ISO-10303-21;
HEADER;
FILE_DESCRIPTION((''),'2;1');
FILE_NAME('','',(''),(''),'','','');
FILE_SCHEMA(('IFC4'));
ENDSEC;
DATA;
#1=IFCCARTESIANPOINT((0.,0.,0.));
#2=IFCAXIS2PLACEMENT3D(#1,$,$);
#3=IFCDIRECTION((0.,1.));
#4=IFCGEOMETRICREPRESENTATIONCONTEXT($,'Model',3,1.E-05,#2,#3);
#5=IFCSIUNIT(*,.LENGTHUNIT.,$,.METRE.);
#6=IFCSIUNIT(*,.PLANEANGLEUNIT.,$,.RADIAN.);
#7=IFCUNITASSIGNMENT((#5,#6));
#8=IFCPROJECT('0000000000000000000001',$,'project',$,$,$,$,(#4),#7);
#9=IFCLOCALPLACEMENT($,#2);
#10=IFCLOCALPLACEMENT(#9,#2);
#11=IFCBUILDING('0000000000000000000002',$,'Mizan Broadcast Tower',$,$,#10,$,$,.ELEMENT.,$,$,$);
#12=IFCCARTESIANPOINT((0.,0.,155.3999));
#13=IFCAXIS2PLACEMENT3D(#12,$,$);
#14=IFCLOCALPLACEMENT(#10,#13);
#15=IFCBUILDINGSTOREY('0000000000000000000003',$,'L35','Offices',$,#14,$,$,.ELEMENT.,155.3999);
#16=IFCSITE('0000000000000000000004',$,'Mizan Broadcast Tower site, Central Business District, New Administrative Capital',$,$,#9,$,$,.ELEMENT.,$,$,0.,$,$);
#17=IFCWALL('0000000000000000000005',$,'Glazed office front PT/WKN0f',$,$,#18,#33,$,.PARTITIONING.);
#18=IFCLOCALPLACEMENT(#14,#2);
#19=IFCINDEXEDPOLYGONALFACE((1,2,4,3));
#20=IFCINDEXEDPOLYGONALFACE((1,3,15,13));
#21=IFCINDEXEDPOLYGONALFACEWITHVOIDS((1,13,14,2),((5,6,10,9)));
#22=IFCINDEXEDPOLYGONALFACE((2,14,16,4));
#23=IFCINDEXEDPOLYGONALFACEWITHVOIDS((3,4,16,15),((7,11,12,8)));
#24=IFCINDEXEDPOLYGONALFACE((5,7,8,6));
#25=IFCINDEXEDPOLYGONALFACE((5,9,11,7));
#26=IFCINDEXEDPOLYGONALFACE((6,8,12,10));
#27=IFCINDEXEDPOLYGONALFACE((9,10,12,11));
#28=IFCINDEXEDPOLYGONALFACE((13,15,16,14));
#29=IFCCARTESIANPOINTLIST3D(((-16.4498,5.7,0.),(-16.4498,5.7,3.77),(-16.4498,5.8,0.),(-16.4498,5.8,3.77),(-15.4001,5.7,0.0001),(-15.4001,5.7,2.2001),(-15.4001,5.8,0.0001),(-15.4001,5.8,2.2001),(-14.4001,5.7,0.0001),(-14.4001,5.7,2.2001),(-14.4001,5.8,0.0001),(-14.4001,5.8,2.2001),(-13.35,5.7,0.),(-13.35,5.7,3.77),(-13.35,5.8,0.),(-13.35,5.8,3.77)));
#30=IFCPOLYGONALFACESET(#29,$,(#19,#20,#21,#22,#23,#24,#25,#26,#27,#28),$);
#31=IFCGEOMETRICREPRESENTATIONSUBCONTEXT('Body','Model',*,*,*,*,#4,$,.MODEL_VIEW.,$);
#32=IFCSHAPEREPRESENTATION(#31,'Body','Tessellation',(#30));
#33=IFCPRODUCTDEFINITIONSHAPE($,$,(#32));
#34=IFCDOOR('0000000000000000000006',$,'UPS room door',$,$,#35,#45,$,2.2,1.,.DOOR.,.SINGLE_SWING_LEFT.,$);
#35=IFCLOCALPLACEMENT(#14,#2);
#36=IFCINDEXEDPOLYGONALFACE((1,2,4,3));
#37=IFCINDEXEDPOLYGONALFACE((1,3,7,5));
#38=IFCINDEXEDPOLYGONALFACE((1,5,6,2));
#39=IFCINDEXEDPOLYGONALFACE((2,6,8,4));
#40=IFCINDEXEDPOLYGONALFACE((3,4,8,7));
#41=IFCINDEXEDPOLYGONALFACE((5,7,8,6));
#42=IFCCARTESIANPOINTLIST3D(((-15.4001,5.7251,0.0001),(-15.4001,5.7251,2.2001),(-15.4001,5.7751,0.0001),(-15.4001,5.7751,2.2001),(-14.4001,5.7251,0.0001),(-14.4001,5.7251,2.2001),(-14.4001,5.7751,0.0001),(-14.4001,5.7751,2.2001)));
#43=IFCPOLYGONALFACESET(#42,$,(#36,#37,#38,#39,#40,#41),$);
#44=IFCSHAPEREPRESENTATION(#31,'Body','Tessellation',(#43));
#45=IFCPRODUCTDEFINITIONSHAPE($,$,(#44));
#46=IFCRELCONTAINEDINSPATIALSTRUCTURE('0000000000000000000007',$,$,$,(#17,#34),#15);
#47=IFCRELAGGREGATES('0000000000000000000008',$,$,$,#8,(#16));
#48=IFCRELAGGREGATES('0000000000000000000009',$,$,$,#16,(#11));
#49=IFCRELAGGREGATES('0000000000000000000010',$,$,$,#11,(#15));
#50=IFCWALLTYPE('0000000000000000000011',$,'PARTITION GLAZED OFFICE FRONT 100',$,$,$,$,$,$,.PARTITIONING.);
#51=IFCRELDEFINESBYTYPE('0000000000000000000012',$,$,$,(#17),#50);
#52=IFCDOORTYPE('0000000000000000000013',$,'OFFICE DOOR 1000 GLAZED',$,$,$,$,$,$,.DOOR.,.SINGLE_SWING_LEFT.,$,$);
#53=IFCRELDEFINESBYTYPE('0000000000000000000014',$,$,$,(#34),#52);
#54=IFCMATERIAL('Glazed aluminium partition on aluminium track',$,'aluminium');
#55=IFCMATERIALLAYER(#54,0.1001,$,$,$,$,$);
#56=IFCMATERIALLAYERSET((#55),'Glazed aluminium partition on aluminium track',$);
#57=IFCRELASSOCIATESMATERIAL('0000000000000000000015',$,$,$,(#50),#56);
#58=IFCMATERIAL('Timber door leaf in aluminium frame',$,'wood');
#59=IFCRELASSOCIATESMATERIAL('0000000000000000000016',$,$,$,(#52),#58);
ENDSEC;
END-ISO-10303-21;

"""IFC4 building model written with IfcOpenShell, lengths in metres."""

from ifc_helpers import new_model, si_unit, direction, frame, frame_2d, origin, place, context, subcontext, project, spatial, rectangle, extrude, material, layer, layer_set, type_object, element, fill, save


model = new_model("IFC4")

# Units and contexts
model_context = context("Model", 3, precision=1e-05, world=origin(), true_north=direction((0.0, 1.0)))
body_context = subcontext(model_context, "Body", "Model", "MODEL_VIEW")
ifc_project = project(units=[si_unit("LENGTHUNIT", "METRE"), si_unit("PLANEANGLEUNIT", "RADIAN")], contexts=[model_context])

# Site, building, storey
site_placement = place(None, origin())
site = spatial("IfcSite", under=ifc_project, at=site_placement, Name="Mizan Broadcast Tower site, Central Business District, New Administrative Capital", CompositionType="ELEMENT", RefElevation=0.0)
building_placement = place(site_placement, origin())
building = spatial("IfcBuilding", under=site, at=building_placement, Name="Mizan Broadcast Tower", CompositionType="ELEMENT")
storey_placement = place(building_placement, frame((0.0, 0.0, 155.3999)))
storey = spatial("IfcBuildingStorey", under=building, at=storey_placement, Name="L35", Description="Offices", CompositionType="ELEMENT", Elevation=155.3999)

# Shared definitions
ifc_material_1 = material(Name="Glazed aluminium partition on aluminium track", Category="aluminium")
ifc_layer_1 = layer(ifc_material_1, 0.1001)
ifc_layer_set_1 = layer_set([ifc_layer_1], Name="Glazed aluminium partition on aluminium track")
wall_type_1 = type_object("IfcWallType", Name="PARTITION GLAZED OFFICE FRONT 100", PredefinedType="PARTITIONING", material=ifc_layer_set_1)

# Wall, opening, door
wall_1_placement = place(storey_placement, frame((-13.3501, 5.75, 0.0), z_axis=(0.0, 0.0, 1.0), x_axis=(-1.0, 0.0, 0.0)))
wall_1 = element("IfcWall", 1, at=wall_1_placement, inside=storey, type_object=wall_type_1, Name="Glazed office front PT/WKN0f", PredefinedType="PARTITIONING", context=body_context, shape_type="SweptSolid", body=[
    extrude(rectangle(XDim=3.0999, YDim=0.1001, at=frame_2d((1.5498, 0.0))), origin(), (0.0, 0.0, 1.0), 3.77),
])
opening_1_placement = place(wall_1_placement, frame((1.05, 0.0, 0.0)))
opening_1 = element("IfcOpeningElement", 2, at=opening_1_placement, cuts=wall_1, PredefinedType="OPENING", context=body_context, shape_type="SweptSolid", body=[
    extrude(rectangle(XDim=1.0, YDim=2.2, at=frame_2d((0.5, 1.1001))), frame((0.0, 0.0601, 0.0), z_axis=(0.0, -1.0, 0.0), x_axis=(1.0, 0.0, 0.0)), (0.0, 0.0, 1.0), 0.1201),
])
ifc_material_2 = material(Name="Timber door leaf in aluminium frame", Category="wood")
door_type_1 = type_object("IfcDoorType", Name="OFFICE DOOR 1000 GLAZED", OperationType="SINGLE_SWING_LEFT", PredefinedType="DOOR", material=ifc_material_2)
door_1_placement = place(opening_1_placement, origin())
door_1 = element("IfcDoor", 3, at=door_1_placement, inside=storey, type_object=door_type_1, Name="UPS room door", OperationType="SINGLE_SWING_LEFT", OverallHeight=2.2, OverallWidth=1.0, PredefinedType="DOOR", context=body_context, shape_type="SweptSolid", body=[
    extrude(rectangle(XDim=1.0, YDim=2.2, at=frame_2d((0.5, 1.1001))), frame((0.0, 0.0249, 0.0), z_axis=(0.0, -1.0, 0.0), x_axis=(1.0, 0.0, 0.0)), (0.0, 0.0, 1.0), 0.05),
])
fill(opening_1, door_1)

save(model, "model.ifc")
